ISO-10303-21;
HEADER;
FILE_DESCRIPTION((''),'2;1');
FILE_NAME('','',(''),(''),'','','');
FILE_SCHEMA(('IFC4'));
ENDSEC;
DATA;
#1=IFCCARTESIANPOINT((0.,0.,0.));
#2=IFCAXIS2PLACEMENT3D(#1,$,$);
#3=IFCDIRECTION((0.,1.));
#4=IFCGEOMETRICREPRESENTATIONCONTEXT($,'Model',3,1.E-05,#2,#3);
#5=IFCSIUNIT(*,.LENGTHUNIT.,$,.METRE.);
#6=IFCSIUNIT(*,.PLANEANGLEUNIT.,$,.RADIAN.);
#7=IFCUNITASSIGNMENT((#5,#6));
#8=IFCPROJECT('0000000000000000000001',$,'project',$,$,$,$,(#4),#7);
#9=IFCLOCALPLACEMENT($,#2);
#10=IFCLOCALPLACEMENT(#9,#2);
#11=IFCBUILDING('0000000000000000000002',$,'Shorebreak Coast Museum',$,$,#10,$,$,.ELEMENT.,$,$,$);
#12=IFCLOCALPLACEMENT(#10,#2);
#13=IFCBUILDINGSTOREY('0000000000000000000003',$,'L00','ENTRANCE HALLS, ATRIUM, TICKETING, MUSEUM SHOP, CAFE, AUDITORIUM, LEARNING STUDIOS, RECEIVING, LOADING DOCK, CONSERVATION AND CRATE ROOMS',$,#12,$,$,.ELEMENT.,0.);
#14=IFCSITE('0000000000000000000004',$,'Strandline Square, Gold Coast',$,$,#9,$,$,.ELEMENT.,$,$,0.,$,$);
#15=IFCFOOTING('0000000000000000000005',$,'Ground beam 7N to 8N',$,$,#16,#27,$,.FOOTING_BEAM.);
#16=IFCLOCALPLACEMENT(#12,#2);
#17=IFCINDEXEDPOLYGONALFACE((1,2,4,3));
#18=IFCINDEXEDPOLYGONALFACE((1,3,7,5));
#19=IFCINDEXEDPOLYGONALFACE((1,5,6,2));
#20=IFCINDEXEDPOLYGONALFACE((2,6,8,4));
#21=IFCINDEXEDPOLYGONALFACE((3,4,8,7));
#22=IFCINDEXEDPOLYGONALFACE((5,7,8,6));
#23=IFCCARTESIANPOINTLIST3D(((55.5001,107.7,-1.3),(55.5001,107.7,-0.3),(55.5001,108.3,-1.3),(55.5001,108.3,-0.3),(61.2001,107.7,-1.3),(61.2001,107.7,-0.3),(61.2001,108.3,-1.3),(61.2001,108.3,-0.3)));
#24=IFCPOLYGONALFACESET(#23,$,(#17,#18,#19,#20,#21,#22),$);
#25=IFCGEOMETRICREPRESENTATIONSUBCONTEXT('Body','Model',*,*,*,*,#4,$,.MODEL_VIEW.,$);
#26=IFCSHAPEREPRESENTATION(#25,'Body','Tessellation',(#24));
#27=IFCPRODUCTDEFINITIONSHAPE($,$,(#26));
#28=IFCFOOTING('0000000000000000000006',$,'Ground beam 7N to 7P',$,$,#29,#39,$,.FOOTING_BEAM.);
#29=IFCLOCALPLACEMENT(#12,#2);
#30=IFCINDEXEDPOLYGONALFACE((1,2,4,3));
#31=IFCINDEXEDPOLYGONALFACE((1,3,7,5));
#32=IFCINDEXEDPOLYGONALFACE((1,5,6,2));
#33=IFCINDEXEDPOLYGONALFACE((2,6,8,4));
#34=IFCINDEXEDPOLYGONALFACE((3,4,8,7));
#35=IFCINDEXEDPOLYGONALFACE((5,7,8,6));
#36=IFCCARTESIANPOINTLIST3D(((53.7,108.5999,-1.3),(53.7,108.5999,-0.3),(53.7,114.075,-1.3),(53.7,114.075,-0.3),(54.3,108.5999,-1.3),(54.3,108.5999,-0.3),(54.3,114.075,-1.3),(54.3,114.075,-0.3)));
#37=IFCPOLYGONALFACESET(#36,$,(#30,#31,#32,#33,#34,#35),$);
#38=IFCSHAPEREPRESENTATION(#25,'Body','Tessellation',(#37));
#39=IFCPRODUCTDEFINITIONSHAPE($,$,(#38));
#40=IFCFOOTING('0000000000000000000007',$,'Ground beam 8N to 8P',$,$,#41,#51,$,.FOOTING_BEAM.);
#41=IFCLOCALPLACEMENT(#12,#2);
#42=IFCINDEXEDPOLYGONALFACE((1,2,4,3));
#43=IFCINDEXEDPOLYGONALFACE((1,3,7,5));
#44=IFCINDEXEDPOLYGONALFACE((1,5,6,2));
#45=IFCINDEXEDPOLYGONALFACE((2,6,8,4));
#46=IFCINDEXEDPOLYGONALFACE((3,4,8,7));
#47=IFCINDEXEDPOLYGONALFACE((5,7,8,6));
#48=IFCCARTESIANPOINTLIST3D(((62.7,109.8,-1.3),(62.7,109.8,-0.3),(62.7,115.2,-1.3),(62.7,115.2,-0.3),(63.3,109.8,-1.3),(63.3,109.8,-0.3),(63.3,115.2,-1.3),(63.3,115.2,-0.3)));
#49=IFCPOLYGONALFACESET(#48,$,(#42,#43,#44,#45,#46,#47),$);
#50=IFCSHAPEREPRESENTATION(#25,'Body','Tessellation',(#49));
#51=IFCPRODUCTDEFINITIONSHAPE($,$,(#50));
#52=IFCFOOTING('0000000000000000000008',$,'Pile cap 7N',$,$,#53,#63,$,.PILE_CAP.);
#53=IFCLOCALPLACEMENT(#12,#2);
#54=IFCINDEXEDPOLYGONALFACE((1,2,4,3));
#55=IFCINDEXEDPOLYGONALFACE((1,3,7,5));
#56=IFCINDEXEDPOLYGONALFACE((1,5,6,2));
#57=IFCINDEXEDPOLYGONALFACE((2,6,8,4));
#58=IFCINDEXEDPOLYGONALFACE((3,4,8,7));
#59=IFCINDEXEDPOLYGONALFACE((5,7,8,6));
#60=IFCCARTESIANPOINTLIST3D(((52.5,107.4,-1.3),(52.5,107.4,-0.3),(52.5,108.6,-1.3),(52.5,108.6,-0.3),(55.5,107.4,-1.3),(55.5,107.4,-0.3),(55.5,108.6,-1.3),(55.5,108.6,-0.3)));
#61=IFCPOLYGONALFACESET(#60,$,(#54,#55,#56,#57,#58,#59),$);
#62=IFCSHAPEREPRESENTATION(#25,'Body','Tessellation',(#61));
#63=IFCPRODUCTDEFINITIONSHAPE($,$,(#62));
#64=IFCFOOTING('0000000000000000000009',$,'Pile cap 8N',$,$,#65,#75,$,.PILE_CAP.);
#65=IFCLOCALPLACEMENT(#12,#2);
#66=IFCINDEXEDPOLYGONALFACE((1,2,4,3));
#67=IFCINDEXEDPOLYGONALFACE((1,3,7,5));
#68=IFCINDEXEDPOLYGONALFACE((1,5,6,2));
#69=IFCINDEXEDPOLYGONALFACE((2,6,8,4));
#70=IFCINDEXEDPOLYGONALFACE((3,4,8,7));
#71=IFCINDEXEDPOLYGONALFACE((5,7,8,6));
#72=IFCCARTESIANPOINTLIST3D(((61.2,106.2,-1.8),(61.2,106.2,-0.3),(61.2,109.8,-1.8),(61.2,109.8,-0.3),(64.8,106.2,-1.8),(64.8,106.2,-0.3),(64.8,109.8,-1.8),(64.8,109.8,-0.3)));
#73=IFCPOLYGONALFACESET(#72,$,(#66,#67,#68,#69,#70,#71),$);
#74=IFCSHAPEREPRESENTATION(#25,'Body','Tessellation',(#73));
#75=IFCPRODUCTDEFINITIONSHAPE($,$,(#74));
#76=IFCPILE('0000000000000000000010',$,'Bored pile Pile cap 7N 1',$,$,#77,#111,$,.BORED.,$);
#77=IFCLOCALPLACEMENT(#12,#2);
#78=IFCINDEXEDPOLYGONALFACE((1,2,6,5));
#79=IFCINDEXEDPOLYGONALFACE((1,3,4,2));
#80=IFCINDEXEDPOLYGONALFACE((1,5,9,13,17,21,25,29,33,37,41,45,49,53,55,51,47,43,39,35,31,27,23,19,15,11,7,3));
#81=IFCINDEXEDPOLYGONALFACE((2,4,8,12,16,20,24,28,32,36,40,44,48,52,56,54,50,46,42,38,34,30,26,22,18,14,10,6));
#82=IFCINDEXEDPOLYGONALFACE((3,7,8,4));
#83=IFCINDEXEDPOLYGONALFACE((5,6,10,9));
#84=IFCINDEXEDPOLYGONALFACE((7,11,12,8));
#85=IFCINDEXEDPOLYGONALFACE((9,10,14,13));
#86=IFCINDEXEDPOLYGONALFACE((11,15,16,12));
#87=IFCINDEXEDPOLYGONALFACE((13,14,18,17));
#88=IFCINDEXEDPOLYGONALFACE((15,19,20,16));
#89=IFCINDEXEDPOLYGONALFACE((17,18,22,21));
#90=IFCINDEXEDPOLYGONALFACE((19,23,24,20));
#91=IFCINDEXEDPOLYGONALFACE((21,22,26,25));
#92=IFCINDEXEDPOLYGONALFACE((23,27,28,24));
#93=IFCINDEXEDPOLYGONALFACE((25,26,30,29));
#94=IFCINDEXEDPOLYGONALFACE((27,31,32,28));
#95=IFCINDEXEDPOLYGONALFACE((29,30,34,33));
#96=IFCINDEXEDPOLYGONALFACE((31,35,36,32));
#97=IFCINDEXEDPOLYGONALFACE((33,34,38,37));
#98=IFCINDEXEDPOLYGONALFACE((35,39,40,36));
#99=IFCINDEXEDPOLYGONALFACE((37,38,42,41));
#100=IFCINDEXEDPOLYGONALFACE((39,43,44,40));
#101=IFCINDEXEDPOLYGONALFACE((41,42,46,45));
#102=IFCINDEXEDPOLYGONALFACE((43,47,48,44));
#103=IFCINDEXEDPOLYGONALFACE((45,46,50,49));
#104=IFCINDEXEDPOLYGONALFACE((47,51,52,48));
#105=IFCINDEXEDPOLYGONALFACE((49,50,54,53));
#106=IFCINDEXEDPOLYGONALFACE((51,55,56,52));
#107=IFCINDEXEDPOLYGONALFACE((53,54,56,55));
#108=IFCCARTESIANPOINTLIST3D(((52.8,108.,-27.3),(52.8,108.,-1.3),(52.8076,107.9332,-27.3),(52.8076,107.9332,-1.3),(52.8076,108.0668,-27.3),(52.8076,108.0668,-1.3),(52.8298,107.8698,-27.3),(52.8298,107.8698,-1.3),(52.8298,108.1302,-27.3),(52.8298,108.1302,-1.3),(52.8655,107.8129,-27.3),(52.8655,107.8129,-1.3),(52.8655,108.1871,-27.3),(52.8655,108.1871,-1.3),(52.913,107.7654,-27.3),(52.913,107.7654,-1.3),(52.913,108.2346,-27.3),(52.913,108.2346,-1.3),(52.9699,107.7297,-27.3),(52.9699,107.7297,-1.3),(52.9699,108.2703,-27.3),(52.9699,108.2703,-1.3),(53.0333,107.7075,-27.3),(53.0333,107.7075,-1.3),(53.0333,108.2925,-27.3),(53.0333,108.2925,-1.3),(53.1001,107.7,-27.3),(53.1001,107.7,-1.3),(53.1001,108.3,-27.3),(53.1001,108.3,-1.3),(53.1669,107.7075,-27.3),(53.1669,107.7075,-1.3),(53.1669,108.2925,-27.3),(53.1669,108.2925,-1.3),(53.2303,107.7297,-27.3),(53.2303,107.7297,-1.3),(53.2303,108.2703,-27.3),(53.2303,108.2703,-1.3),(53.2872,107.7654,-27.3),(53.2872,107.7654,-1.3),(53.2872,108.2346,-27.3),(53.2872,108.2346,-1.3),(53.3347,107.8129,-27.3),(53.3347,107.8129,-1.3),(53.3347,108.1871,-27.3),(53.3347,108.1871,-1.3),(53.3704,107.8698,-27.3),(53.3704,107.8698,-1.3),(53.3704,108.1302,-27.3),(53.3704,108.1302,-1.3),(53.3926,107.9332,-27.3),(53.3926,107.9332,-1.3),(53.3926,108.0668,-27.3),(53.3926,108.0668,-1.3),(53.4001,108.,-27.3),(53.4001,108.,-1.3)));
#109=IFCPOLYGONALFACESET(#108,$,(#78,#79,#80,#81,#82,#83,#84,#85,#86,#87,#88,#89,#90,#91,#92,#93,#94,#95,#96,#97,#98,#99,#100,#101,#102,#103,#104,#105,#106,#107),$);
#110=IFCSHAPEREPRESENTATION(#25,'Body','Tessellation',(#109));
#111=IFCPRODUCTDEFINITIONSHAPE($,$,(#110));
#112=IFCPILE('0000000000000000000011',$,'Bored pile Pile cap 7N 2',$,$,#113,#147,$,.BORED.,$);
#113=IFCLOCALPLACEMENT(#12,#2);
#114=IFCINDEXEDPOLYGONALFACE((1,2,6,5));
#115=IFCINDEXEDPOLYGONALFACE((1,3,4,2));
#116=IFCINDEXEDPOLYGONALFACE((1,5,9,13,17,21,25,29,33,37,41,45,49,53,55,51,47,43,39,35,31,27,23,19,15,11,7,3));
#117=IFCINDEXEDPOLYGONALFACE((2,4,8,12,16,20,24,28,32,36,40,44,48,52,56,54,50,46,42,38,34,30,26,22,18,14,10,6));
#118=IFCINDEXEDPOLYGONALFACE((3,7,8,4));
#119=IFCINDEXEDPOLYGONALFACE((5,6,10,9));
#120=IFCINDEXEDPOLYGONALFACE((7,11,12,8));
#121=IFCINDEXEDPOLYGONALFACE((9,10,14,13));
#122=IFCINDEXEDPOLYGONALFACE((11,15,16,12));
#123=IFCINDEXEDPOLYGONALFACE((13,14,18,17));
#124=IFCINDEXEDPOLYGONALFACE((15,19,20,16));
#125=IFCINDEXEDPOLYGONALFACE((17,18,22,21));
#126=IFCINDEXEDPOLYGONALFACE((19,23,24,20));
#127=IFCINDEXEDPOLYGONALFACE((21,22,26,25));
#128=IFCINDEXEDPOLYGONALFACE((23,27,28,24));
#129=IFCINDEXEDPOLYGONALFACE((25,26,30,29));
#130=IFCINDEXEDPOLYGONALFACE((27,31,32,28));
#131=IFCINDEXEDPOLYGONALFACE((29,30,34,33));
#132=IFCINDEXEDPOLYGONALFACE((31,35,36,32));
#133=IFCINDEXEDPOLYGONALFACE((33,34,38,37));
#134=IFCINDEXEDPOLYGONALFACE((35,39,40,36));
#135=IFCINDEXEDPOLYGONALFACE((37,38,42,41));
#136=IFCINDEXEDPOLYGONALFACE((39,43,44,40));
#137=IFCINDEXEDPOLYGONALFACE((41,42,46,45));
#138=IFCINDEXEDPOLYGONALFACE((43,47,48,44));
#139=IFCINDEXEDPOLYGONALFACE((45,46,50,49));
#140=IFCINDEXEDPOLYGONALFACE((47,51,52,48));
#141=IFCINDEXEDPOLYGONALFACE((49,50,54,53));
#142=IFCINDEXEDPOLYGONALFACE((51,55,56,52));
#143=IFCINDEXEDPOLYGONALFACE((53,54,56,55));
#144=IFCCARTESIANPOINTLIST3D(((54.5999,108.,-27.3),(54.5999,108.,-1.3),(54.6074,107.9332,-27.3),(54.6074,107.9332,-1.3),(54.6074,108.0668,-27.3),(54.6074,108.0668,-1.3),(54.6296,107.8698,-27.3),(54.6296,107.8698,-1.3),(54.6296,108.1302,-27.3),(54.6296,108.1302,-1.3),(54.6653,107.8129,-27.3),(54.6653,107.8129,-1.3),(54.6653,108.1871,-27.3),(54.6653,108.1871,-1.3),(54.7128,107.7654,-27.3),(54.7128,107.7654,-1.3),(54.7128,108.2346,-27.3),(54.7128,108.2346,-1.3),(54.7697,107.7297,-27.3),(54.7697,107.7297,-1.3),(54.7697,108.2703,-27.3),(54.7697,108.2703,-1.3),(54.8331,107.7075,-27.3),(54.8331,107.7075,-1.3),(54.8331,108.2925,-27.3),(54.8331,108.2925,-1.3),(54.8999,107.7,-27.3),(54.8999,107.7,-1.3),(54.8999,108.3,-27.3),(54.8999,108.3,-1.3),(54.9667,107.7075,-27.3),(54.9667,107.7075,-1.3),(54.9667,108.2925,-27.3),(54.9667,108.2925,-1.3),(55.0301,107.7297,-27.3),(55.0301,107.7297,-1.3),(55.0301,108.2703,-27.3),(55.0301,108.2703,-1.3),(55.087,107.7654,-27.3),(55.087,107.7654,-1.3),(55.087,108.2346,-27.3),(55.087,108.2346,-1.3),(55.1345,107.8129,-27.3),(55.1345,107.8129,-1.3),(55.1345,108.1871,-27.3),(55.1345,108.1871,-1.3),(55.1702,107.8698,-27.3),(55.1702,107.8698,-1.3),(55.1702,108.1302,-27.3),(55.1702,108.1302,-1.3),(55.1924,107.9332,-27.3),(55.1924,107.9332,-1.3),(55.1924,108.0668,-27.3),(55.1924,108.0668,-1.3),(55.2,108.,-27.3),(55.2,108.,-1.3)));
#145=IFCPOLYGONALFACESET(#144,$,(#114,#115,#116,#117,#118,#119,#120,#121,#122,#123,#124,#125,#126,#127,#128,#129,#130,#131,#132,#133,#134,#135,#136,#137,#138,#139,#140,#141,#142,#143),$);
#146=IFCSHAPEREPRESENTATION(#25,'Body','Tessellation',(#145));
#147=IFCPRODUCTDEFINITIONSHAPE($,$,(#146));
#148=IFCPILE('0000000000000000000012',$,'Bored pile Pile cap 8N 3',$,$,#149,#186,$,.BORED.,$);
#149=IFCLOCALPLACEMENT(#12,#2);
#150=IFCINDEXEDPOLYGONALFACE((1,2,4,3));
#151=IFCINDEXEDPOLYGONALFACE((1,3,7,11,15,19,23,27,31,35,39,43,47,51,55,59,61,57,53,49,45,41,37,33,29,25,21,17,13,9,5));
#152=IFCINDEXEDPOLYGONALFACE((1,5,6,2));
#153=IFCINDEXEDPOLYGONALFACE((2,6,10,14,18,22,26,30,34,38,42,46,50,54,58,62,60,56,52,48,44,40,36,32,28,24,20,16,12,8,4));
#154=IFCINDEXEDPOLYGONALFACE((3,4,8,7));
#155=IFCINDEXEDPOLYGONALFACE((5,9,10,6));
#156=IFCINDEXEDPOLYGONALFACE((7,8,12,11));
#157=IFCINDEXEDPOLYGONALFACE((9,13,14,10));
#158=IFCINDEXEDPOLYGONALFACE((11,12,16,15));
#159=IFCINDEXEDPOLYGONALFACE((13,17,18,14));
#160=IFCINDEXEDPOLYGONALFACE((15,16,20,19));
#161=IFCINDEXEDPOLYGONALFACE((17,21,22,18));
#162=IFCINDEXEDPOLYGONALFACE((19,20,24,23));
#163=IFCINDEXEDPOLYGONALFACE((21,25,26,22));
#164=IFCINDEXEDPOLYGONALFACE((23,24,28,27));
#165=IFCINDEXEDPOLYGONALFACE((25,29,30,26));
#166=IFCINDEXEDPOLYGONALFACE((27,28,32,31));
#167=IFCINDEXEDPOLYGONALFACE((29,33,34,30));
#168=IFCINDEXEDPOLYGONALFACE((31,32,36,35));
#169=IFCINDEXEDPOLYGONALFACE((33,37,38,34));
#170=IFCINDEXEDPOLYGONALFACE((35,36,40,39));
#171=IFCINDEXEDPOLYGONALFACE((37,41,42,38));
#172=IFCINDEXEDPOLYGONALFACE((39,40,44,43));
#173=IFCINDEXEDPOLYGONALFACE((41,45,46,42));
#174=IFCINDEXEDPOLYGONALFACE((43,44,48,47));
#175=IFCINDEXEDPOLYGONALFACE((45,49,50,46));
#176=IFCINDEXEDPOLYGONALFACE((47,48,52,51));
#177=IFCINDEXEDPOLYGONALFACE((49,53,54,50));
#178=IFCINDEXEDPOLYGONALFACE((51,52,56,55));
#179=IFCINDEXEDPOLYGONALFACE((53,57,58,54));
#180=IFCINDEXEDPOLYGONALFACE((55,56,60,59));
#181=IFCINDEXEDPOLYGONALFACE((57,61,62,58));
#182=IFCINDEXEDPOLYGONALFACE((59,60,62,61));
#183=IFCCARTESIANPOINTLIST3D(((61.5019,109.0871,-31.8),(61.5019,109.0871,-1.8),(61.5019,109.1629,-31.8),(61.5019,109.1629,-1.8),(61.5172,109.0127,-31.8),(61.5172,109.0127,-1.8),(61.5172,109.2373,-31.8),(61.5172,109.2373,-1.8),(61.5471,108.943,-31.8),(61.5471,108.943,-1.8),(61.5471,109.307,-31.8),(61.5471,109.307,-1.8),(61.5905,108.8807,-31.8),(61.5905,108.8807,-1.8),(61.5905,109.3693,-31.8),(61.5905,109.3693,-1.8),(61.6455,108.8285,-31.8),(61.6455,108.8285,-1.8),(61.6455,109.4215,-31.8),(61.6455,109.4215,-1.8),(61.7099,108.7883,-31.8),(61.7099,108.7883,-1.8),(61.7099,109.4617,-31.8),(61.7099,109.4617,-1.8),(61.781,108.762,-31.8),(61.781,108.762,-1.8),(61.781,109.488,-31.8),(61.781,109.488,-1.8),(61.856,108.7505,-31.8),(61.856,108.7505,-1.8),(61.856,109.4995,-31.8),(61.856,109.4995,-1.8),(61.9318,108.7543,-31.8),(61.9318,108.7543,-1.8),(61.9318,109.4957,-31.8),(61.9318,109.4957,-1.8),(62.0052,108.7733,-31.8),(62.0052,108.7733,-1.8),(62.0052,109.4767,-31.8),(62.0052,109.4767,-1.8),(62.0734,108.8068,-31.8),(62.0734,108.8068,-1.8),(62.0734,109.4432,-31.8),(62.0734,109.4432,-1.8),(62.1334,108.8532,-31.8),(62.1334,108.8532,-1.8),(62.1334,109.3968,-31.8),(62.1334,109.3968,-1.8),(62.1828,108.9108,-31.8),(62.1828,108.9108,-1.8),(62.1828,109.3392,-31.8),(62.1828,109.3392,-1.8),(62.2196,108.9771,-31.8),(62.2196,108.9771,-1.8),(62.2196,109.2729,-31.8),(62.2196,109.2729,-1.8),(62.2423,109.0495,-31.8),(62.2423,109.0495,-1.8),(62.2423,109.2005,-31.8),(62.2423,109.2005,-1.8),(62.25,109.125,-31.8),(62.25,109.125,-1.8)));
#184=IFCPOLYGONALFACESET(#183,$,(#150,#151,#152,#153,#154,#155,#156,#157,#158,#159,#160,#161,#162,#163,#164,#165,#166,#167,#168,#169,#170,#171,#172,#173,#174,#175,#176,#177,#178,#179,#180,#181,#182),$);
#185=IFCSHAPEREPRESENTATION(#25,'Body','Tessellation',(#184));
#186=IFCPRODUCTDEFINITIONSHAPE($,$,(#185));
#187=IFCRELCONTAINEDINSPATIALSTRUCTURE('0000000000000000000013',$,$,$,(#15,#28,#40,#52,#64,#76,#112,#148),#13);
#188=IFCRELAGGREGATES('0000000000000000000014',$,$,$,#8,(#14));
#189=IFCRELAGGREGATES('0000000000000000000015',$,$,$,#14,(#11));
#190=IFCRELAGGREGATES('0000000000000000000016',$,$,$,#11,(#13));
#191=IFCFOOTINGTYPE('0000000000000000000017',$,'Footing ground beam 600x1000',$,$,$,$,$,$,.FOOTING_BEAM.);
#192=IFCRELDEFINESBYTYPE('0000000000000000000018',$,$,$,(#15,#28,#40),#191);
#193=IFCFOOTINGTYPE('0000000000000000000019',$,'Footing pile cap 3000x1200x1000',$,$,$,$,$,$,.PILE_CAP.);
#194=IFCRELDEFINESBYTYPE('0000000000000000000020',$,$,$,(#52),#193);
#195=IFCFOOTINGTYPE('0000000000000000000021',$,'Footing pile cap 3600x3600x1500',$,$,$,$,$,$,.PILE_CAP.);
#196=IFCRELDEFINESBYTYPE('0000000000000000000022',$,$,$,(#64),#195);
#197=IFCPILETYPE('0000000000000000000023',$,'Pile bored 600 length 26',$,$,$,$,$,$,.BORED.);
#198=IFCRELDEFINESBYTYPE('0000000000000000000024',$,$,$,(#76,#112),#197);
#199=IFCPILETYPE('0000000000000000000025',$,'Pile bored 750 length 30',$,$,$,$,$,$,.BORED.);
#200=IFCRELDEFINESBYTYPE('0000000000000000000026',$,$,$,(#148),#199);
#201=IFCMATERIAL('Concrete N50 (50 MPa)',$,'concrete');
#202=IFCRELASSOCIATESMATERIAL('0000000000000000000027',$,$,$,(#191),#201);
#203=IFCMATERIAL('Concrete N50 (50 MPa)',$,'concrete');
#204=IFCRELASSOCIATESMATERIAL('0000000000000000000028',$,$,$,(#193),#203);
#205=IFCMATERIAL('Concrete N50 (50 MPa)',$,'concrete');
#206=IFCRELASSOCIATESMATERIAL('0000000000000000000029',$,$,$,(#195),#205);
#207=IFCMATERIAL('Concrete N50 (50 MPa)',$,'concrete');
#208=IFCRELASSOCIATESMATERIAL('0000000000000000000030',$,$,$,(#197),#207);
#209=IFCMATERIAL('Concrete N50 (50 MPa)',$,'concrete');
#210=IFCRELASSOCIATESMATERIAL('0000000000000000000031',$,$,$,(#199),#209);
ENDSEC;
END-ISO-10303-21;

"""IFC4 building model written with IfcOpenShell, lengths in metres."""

from ifc_helpers import new_model, si_unit, direction, frame, origin, origin_2d, place, context, subcontext, project, spatial, rectangle, circle, extrude, material, material_profile, profile_set, type_object, element, save


model = new_model("IFC4")

# Units and contexts
model_context = context("Model", 3, precision=1e-05, world=origin(), true_north=direction((0.0, 1.0)))
body_context = subcontext(model_context, "Body", "Model", "MODEL_VIEW")
ifc_project = project(units=[si_unit("LENGTHUNIT", "METRE"), si_unit("PLANEANGLEUNIT", "RADIAN")], contexts=[model_context])

# Site, building, storey
site_placement = place(None, origin())
site = spatial("IfcSite", under=ifc_project, at=site_placement, Name="Strandline Square, Gold Coast", CompositionType="ELEMENT", RefElevation=0.0)
building_placement = place(site_placement, origin())
building = spatial("IfcBuilding", under=site, at=building_placement, Name="Shorebreak Coast Museum", CompositionType="ELEMENT")
storey_placement = place(building_placement, origin())
storey = spatial("IfcBuildingStorey", under=building, at=storey_placement, Name="L00", Description="ENTRANCE HALLS, ATRIUM, TICKETING, MUSEUM SHOP, CAFE, AUDITORIUM, LEARNING STUDIOS, RECEIVING, LOADING DOCK, CONSERVATION AND CRATE ROOMS", CompositionType="ELEMENT", Elevation=0.0)

# Footings
ifc_material_1 = material(Name="Concrete N50 (50 MPa)", Category="concrete")
footing_type_1 = type_object("IfcFootingType", Name="Footing ground beam 600x1000", PredefinedType="FOOTING_BEAM", material=ifc_material_1)
footing_1_placement = place(storey_placement, frame((58.3501, 108.0, -1.3), z_axis=(0.0, 0.0, 1.0), x_axis=(1.0, 0.0, 0.0)))
element("IfcFooting", 1, at=footing_1_placement, inside=storey, type_object=footing_type_1, Name="Ground beam 7N to 8N", PredefinedType="FOOTING_BEAM", context=body_context, shape_type="SweptSolid", body=[
    extrude(rectangle(XDim=5.7, YDim=0.6001, at=origin_2d()), origin(), (0.0, 0.0, 1.0), 1.0),
])
footing_2_placement = place(storey_placement, frame((54.0, 111.3374, -1.3), z_axis=(0.0, 0.0, 1.0), x_axis=(1.0, 0.0, 0.0)))
element("IfcFooting", 2, at=footing_2_placement, inside=storey, type_object=footing_type_1, Name="Ground beam 7N to 7P", PredefinedType="FOOTING_BEAM", context=body_context, shape_type="SweptSolid", body=[
    extrude(rectangle(XDim=0.6001, YDim=5.4751, at=origin_2d()), origin(), (0.0, 0.0, 1.0), 1.0),
])
footing_3_placement = place(storey_placement, frame((63.0, 112.5, -1.3), z_axis=(0.0, 0.0, 1.0), x_axis=(1.0, 0.0, 0.0)))
element("IfcFooting", 3, at=footing_3_placement, inside=storey, type_object=footing_type_1, Name="Ground beam 8N to 8P", PredefinedType="FOOTING_BEAM", context=body_context, shape_type="SweptSolid", body=[
    extrude(rectangle(XDim=0.6001, YDim=5.3999, at=origin_2d()), origin(), (0.0, 0.0, 1.0), 1.0),
])
ifc_material_2 = material(Name="Concrete N50 (50 MPa)", Category="concrete")
footing_type_2 = type_object("IfcFootingType", Name="Footing pile cap 3000x1200x1000", PredefinedType="PILE_CAP", material=ifc_material_2)
footing_4_placement = place(storey_placement, frame((54.0, 108.0, -1.3), z_axis=(0.0, 0.0, 1.0), x_axis=(1.0, 0.0, 0.0)))
element("IfcFooting", 4, at=footing_4_placement, inside=storey, type_object=footing_type_2, Name="Pile cap 7N", PredefinedType="PILE_CAP", context=body_context, shape_type="SweptSolid", body=[
    extrude(rectangle(XDim=3.0, YDim=1.2, at=origin_2d()), origin(), (0.0, 0.0, 1.0), 1.0),
])
ifc_material_3 = material(Name="Concrete N50 (50 MPa)", Category="concrete")
footing_type_3 = type_object("IfcFootingType", Name="Footing pile cap 3600x3600x1500", PredefinedType="PILE_CAP", material=ifc_material_3)
footing_5_placement = place(storey_placement, frame((63.0, 108.0, -1.8), z_axis=(0.0, 0.0, 1.0), x_axis=(1.0, 0.0, 0.0)))
element("IfcFooting", 5, at=footing_5_placement, inside=storey, type_object=footing_type_3, Name="Pile cap 8N", PredefinedType="PILE_CAP", context=body_context, shape_type="SweptSolid", body=[
    extrude(rectangle(XDim=3.6001, YDim=3.6001, at=origin_2d()), origin(), (0.0, 0.0, 1.0), 1.5),
])

# Piles
ifc_material_4 = material(Name="Concrete N50 (50 MPa)", Category="concrete")
ifc_material_profile_1 = material_profile(ifc_material_4, circle(Radius=0.3, at=origin_2d()), Name="Pile bored 600 length 26")
ifc_profile_set_1 = profile_set([ifc_material_profile_1], Name="Concrete N50 (50 MPa)")
pile_type_1 = type_object("IfcPileType", Name="Pile bored 600 length 26", PredefinedType="BORED", material=ifc_profile_set_1)
for number, where, z_axis, x_axis, name in (
    (6, (53.1001, 108.0, -1.3), (0.0, 0.0, -1.0), (1.0, 0.0, 0.0), "Bored pile Pile cap 7N 1"),
    (7, (54.8999, 108.0, -1.3), (0.0, 0.0, -1.0), (1.0, 0.0, 0.0), "Bored pile Pile cap 7N 2"),
):
    element("IfcPile", number, at=place(storey_placement, frame(where, z_axis=z_axis, x_axis=x_axis)), inside=storey, type_object=pile_type_1, Name=name, PredefinedType="BORED", context=body_context, shape_type="SweptSolid", body=[
        extrude(circle(Radius=0.3, at=origin_2d()), origin(), (0.0, 0.0, 1.0), 26.0),
    ])
ifc_material_5 = material(Name="Concrete N50 (50 MPa)", Category="concrete")
ifc_material_profile_2 = material_profile(ifc_material_5, circle(Radius=0.375, at=origin_2d()), Name="Pile bored 750 length 30")
ifc_profile_set_2 = profile_set([ifc_material_profile_2], Name="Concrete N50 (50 MPa)")
pile_type_2 = type_object("IfcPileType", Name="Pile bored 750 length 30", PredefinedType="BORED", material=ifc_profile_set_2)
for number, where, z_axis, x_axis, name in (
    (8, (61.875, 109.125, -1.8), (0.0, 0.0, -1.0), (1.0, 0.0, 0.0), "Bored pile Pile cap 8N 3"),
):
    element("IfcPile", number, at=place(storey_placement, frame(where, z_axis=z_axis, x_axis=x_axis)), inside=storey, type_object=pile_type_2, Name=name, PredefinedType="BORED", context=body_context, shape_type="SweptSolid", body=[
        extrude(circle(Radius=0.375, at=origin_2d()), origin(), (0.0, 0.0, 1.0), 30.0),
    ])

save(model, "model.ifc")
